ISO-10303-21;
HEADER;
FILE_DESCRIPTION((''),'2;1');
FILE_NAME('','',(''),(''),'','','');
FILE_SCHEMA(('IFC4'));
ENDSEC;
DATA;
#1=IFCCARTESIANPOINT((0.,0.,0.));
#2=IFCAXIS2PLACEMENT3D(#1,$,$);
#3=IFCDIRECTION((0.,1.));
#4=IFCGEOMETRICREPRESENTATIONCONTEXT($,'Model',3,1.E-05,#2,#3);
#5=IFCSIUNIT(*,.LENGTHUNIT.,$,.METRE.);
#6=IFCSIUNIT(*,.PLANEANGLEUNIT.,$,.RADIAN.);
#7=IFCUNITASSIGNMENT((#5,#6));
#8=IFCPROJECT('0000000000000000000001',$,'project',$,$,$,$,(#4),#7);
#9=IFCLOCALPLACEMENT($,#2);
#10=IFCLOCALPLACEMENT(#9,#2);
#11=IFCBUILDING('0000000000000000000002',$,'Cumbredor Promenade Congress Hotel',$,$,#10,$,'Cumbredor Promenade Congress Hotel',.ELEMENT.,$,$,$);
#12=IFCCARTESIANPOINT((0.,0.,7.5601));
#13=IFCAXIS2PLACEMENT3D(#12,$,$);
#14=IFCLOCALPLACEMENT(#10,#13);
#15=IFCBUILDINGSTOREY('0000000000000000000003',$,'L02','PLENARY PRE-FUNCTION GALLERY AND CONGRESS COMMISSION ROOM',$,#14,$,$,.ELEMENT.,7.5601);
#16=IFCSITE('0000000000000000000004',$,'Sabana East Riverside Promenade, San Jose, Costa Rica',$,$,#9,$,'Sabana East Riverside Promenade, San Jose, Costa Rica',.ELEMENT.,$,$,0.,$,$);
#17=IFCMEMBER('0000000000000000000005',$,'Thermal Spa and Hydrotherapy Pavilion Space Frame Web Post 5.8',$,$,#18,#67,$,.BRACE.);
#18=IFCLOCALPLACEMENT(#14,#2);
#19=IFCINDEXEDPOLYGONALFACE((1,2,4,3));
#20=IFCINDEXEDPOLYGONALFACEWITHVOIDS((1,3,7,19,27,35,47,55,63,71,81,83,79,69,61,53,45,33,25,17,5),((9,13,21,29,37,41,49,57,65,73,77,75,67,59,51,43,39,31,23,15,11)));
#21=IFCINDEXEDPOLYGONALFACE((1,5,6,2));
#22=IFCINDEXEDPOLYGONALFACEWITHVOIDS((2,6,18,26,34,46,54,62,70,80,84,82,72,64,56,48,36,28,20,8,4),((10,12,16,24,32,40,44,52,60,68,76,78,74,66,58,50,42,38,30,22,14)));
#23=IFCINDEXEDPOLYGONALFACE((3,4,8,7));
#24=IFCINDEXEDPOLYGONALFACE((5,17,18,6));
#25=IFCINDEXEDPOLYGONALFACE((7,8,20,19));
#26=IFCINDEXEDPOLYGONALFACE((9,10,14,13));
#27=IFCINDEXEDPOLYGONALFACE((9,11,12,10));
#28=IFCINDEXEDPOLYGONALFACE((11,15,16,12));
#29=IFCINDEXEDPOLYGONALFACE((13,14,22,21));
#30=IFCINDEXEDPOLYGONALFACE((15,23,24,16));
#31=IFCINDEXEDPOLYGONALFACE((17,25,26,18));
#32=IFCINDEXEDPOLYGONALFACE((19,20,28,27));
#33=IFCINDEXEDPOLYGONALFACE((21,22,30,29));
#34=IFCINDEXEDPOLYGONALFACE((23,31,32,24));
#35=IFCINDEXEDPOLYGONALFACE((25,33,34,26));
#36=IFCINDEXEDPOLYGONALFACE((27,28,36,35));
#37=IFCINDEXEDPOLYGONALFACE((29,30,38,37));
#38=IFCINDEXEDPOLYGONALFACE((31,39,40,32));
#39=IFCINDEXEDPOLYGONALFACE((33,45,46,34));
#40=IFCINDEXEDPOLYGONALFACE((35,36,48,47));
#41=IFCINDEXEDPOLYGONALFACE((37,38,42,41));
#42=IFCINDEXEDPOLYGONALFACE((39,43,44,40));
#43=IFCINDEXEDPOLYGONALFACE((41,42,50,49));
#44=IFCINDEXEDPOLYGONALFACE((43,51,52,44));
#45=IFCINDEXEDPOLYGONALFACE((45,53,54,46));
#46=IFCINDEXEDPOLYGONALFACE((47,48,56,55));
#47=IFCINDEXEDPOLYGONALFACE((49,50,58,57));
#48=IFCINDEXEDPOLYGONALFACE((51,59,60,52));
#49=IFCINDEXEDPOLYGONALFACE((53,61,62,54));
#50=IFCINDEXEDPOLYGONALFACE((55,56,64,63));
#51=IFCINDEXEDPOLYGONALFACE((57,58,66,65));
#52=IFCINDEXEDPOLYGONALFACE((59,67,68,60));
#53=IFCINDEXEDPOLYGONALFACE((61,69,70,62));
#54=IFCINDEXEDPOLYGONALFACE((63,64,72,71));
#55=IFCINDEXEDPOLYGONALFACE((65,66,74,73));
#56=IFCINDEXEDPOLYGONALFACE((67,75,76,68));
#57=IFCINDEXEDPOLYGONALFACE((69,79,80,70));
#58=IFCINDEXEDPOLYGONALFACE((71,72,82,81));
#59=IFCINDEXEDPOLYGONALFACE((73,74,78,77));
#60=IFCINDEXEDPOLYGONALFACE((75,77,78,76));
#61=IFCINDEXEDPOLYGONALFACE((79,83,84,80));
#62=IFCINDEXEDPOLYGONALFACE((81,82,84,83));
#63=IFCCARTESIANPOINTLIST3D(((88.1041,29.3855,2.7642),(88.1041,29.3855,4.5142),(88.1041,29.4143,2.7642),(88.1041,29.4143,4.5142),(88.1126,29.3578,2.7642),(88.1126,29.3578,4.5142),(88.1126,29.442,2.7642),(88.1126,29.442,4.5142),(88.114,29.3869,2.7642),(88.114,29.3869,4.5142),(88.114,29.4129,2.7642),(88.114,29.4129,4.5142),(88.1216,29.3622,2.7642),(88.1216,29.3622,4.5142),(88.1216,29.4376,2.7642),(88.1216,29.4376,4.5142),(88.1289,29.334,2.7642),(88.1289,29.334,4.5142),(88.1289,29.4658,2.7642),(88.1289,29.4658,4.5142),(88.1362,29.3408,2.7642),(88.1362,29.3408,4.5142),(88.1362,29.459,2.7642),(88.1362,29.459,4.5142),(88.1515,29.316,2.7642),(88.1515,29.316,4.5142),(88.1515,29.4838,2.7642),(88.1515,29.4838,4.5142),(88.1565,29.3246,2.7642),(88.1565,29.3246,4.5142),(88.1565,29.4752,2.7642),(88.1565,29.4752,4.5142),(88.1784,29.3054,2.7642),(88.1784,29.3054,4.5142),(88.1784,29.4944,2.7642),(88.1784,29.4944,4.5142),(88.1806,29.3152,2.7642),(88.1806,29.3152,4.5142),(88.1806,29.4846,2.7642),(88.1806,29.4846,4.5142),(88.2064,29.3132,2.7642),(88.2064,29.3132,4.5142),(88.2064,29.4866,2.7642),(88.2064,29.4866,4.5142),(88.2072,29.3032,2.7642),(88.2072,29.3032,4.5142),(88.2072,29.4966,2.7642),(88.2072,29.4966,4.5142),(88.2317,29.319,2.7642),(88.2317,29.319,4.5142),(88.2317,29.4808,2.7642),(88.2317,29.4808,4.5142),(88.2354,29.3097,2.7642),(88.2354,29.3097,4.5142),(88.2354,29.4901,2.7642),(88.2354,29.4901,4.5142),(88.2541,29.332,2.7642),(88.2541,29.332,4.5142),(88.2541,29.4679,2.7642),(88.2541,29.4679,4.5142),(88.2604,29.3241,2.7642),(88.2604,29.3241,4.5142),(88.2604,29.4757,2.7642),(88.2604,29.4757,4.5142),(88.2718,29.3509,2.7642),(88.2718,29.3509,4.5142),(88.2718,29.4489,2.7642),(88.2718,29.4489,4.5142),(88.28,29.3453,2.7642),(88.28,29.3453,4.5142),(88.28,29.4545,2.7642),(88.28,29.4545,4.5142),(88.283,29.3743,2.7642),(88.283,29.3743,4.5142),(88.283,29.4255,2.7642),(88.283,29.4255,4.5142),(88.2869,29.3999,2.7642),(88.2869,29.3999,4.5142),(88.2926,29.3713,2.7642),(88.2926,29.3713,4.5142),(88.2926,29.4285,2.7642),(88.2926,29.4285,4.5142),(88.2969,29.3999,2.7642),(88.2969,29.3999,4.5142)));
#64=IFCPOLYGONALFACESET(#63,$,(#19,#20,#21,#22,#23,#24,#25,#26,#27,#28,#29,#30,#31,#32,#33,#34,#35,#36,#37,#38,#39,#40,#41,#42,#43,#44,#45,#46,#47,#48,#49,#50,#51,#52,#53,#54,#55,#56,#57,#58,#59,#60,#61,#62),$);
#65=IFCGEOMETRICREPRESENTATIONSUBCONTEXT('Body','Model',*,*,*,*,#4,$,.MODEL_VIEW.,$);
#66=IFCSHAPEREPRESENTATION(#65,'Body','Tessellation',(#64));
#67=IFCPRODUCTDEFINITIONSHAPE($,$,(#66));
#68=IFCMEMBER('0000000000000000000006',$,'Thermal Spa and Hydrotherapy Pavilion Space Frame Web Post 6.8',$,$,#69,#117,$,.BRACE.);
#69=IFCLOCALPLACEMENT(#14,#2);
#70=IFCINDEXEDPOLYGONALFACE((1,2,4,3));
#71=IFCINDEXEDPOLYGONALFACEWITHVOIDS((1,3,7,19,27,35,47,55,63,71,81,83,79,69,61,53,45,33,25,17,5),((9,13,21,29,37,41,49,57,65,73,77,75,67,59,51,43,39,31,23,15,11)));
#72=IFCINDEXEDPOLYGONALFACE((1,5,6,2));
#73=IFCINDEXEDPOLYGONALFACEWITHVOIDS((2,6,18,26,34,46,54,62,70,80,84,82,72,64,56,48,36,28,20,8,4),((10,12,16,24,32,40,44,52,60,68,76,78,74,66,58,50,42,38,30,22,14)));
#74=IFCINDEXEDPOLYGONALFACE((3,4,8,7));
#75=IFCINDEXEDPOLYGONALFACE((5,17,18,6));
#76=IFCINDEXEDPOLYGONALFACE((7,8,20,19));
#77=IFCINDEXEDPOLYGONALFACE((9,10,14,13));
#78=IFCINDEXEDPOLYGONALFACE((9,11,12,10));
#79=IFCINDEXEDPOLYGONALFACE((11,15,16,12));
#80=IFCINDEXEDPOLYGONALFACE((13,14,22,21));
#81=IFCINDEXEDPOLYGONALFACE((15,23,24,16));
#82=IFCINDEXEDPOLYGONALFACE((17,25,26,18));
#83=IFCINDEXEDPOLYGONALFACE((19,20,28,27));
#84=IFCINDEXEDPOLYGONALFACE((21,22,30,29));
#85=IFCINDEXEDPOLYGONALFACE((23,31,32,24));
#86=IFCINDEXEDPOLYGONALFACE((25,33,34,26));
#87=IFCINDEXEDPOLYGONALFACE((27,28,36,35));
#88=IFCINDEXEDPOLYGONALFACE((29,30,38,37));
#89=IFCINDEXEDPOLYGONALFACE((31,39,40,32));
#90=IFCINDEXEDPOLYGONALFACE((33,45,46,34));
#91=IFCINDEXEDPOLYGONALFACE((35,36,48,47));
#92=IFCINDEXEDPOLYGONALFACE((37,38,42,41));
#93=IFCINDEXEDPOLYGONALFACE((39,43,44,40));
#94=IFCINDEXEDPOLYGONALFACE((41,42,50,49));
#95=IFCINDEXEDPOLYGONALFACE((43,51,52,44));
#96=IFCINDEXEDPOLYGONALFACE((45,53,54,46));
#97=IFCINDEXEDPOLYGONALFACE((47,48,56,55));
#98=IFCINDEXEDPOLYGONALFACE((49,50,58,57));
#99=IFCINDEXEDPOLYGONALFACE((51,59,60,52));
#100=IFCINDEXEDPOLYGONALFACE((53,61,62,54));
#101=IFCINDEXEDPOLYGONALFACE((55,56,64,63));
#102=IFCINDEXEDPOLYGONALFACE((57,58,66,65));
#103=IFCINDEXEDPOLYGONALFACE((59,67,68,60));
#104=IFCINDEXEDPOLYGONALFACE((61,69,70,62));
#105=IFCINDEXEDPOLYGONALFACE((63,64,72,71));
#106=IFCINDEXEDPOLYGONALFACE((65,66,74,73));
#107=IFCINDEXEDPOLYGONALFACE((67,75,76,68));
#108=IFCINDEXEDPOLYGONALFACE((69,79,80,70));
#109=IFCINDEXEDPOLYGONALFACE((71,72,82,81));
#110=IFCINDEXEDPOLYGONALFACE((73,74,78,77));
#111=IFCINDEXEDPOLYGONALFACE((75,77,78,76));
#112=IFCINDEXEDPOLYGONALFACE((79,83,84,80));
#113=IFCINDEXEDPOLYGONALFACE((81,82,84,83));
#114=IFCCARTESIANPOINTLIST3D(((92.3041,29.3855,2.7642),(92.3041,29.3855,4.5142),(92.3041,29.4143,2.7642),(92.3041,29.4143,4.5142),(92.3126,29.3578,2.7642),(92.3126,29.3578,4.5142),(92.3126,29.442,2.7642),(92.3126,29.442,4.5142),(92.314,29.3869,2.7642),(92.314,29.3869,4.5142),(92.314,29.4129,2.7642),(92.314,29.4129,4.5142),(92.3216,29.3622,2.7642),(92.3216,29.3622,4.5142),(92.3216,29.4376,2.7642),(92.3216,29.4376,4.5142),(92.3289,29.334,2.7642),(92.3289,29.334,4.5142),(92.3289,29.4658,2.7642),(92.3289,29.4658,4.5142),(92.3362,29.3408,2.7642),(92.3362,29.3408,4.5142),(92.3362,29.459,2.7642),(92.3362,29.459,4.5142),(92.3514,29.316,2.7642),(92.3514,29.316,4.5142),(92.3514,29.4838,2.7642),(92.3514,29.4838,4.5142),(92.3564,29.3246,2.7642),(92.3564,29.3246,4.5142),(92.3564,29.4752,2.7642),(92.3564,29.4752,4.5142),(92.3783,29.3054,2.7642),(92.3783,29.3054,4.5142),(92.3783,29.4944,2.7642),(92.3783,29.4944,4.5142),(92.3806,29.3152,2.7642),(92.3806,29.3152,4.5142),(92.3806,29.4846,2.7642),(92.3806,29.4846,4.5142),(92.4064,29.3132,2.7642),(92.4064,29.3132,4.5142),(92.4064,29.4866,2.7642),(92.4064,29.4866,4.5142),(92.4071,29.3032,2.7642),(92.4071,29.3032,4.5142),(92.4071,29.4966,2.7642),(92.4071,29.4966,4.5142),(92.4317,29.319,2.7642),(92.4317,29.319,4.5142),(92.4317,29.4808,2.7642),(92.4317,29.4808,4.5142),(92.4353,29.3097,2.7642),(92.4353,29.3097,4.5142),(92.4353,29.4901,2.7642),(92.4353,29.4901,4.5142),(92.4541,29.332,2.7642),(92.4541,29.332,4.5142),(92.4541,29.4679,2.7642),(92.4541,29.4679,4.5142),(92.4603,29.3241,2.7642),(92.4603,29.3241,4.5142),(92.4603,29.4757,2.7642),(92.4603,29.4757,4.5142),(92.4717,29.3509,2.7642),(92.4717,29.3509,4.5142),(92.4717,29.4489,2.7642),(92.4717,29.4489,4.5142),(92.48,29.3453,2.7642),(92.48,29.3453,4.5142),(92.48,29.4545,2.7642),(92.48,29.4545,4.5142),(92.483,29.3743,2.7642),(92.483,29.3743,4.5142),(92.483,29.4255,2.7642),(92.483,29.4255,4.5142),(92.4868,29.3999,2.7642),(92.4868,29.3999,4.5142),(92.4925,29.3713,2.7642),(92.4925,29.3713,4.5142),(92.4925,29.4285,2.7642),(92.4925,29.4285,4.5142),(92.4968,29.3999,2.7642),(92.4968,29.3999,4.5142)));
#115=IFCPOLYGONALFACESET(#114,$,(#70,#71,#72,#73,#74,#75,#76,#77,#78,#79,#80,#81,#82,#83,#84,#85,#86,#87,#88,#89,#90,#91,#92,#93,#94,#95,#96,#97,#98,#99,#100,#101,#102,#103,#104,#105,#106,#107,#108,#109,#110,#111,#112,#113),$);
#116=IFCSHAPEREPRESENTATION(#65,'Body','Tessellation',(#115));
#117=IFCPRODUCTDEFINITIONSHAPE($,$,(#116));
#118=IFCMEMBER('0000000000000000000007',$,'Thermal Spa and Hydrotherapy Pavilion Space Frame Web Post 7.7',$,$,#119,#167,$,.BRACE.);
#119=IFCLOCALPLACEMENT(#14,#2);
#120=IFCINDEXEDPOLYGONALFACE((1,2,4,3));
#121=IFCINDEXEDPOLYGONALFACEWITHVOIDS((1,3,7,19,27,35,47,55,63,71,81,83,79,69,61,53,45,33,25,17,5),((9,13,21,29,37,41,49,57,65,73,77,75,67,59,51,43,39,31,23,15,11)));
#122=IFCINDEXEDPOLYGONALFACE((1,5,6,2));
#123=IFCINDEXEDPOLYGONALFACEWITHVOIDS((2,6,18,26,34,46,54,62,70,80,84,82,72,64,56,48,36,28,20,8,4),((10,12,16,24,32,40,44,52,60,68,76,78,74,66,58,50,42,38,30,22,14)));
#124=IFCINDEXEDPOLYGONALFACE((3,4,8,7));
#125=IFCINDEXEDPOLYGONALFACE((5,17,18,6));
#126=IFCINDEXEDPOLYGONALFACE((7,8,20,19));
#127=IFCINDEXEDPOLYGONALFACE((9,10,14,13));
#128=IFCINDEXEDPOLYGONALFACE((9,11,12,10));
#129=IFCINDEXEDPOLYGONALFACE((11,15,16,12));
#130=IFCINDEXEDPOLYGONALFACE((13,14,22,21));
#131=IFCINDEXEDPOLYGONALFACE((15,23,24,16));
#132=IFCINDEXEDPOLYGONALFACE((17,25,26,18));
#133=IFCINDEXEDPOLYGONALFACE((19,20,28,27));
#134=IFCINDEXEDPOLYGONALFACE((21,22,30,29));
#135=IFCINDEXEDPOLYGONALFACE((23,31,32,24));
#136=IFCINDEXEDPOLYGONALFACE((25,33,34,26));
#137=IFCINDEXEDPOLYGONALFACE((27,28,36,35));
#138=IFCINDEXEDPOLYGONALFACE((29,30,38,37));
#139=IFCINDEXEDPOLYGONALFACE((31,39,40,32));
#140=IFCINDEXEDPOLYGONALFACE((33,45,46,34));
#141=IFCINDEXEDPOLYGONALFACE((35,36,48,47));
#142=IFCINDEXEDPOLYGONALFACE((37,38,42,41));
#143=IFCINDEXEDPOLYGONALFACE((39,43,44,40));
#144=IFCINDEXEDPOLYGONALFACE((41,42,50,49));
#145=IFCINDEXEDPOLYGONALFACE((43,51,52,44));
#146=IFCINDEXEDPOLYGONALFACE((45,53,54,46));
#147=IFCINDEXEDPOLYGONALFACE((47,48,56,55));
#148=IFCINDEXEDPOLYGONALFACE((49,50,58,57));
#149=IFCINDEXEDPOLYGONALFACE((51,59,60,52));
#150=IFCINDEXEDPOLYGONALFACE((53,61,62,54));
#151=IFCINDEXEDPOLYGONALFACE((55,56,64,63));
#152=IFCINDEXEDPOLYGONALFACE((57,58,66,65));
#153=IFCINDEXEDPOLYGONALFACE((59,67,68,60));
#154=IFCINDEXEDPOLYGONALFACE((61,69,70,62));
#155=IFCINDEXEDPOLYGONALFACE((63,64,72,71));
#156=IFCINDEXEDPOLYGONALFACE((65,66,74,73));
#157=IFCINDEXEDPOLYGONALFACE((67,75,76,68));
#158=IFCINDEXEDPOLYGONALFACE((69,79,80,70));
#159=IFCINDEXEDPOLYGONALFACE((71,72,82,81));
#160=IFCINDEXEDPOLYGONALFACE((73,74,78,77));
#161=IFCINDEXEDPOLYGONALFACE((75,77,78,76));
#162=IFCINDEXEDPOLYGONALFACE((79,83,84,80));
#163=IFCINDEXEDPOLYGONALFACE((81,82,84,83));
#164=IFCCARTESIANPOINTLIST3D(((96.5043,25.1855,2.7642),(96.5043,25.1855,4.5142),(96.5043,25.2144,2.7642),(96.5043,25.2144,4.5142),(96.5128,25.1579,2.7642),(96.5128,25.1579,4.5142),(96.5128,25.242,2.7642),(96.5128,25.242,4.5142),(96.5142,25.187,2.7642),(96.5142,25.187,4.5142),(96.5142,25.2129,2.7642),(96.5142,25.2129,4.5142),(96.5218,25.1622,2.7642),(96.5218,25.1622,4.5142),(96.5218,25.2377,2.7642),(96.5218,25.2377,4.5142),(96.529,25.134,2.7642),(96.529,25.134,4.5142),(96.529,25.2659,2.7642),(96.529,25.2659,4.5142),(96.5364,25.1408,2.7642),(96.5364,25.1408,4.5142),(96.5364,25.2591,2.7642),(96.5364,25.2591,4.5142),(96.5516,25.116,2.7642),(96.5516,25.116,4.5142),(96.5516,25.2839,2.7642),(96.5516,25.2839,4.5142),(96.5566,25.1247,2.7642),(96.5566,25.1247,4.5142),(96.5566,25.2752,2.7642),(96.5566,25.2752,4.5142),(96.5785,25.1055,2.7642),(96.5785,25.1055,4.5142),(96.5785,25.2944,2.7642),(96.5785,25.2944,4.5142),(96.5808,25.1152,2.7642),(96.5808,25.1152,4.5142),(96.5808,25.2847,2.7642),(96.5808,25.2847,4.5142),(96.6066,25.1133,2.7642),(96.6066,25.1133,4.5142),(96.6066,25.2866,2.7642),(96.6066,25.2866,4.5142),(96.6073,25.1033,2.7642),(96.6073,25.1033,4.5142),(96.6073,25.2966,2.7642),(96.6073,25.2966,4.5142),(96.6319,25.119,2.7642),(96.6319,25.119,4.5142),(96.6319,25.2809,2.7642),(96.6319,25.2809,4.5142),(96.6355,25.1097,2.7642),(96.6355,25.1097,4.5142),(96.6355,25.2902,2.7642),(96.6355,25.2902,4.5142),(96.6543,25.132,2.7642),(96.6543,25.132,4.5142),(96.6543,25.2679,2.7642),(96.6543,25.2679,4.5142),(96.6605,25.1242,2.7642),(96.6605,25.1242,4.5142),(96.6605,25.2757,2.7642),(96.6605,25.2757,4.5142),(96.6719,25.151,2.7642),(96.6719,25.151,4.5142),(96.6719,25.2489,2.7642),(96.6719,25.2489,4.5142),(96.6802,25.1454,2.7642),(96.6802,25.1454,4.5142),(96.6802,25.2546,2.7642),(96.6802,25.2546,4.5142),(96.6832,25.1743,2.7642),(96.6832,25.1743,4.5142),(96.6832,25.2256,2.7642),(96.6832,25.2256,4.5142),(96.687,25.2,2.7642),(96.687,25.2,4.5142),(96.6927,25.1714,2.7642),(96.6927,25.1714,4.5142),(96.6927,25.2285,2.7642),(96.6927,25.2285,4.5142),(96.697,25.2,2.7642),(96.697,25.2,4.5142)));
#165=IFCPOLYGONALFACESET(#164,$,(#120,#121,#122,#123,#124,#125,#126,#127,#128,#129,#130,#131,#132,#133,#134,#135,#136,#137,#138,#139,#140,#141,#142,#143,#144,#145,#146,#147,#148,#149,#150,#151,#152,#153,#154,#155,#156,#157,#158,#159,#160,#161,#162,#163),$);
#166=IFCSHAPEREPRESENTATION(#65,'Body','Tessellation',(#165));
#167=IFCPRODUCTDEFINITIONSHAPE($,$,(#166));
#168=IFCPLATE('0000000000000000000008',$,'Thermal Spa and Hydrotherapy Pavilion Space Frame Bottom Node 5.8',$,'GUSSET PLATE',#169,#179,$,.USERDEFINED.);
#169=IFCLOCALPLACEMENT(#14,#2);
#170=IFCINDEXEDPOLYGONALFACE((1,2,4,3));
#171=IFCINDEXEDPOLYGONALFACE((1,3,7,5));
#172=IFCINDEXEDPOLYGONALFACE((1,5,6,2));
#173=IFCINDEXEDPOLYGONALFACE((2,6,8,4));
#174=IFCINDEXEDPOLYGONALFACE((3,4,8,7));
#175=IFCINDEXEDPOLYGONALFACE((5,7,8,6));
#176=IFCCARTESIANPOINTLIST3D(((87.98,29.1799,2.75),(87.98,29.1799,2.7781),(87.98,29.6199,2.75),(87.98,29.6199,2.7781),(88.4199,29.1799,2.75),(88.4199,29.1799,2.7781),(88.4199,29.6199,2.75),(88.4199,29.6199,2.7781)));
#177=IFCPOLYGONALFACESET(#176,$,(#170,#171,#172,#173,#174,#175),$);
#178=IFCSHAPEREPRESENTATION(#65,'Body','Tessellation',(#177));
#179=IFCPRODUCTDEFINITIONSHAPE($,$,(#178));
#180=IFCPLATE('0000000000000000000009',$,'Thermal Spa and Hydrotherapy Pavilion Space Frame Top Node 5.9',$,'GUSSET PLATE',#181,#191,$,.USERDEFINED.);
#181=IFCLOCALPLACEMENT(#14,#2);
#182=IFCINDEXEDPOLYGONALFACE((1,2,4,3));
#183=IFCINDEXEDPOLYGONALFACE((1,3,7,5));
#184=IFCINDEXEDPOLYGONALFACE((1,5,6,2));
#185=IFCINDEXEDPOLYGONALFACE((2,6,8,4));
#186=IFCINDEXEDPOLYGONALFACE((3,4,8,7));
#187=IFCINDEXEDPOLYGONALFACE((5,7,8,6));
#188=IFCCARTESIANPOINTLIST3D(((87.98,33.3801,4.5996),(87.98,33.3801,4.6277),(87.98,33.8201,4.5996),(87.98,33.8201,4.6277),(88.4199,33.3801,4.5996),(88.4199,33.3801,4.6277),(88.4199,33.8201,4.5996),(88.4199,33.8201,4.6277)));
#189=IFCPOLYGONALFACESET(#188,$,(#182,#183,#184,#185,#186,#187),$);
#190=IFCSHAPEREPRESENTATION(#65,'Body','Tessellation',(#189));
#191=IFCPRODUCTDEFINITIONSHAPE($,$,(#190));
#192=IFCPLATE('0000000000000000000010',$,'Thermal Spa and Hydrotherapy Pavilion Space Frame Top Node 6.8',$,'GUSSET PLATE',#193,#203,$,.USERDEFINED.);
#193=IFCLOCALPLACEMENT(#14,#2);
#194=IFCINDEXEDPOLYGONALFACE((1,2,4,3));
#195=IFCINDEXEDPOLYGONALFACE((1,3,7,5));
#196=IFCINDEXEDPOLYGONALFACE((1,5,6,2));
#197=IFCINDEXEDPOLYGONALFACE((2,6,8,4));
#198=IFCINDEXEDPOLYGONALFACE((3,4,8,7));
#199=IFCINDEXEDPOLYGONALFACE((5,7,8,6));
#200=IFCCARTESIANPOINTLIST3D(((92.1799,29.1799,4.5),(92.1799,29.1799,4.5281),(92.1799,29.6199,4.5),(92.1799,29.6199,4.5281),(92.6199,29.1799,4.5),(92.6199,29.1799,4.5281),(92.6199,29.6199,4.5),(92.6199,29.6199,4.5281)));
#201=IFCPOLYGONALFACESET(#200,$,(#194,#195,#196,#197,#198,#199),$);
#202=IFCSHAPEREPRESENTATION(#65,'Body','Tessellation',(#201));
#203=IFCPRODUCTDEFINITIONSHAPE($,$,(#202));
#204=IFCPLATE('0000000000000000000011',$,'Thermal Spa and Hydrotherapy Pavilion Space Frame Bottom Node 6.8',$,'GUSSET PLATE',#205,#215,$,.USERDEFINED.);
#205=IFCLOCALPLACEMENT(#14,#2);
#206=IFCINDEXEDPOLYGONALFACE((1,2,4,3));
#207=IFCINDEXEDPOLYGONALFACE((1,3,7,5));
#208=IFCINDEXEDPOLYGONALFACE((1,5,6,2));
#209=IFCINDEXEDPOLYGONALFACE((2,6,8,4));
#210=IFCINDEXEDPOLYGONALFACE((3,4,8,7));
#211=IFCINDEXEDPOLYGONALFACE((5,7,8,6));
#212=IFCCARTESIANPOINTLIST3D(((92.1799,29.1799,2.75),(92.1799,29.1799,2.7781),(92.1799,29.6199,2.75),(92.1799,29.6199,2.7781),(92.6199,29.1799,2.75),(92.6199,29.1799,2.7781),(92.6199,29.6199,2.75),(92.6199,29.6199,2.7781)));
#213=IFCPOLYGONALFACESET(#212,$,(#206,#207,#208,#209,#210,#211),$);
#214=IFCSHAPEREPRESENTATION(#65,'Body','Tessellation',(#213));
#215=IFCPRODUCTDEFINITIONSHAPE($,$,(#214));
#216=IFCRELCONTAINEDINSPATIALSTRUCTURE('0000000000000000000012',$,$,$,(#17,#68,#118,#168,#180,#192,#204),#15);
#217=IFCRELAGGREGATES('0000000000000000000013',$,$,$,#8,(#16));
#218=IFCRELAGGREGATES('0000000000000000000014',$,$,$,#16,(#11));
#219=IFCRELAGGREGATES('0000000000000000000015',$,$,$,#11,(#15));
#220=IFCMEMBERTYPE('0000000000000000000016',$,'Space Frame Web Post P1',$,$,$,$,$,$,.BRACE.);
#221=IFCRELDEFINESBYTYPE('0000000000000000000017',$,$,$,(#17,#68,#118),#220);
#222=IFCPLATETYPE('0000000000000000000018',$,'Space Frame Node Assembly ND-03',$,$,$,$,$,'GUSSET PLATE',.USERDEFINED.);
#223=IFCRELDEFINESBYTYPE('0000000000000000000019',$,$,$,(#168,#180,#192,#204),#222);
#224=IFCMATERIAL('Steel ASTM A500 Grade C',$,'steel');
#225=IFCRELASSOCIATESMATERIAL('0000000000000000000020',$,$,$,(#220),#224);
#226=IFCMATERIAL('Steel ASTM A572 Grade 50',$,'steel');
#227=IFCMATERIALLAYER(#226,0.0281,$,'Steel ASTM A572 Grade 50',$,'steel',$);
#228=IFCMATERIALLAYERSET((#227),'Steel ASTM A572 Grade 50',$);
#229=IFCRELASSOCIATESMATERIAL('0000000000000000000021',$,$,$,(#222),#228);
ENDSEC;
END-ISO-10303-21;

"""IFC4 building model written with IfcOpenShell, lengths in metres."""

from ifc_helpers import new_model, si_unit, direction, frame, origin, origin_2d, place, context, subcontext, project, spatial, rectangle, hollow_circle, extrude, material, layer, layer_set, material_profile, profile_set, type_object, element, save


model = new_model("IFC4")

# Units and contexts
model_context = context("Model", 3, precision=1e-05, world=origin(), true_north=direction((0.0, 1.0)))
body_context = subcontext(model_context, "Body", "Model", "MODEL_VIEW")
ifc_project = project(units=[si_unit("LENGTHUNIT", "METRE"), si_unit("PLANEANGLEUNIT", "RADIAN")], contexts=[model_context])

# Site, building, storey
site_placement = place(None, origin())
site = spatial("IfcSite", under=ifc_project, at=site_placement, Name="Sabana East Riverside Promenade, San Jose, Costa Rica", LongName="Sabana East Riverside Promenade, San Jose, Costa Rica", CompositionType="ELEMENT", RefElevation=0.0)
building_placement = place(site_placement, origin())
building = spatial("IfcBuilding", under=site, at=building_placement, Name="Cumbredor Promenade Congress Hotel", LongName="Cumbredor Promenade Congress Hotel", CompositionType="ELEMENT")
storey_placement = place(building_placement, frame((0.0, 0.0, 7.5601)))
storey = spatial("IfcBuildingStorey", under=building, at=storey_placement, Name="L02", Description="PLENARY PRE-FUNCTION GALLERY AND CONGRESS COMMISSION ROOM", CompositionType="ELEMENT", Elevation=7.5601)

# Members
ifc_material_1 = material(Name="Steel ASTM A500 Grade C", Category="steel")
ifc_material_profile_1 = material_profile(ifc_material_1, hollow_circle(Radius=0.0969, WallThickness=0.01, at=origin_2d()), Name="CHS 193.7x10")
ifc_profile_set_1 = profile_set([ifc_material_profile_1], Name="Steel ASTM A500 Grade C")
member_type_1 = type_object("IfcMemberType", Name="Space Frame Web Post P1", PredefinedType="BRACE", material=ifc_profile_set_1)
for number, where, z_axis, x_axis, name in (
    (1, (88.2, 29.3999, 2.7642), (0.0, 0.0, 1.0), (1.0, 0.0, 0.0), "Thermal Spa and Hydrotherapy Pavilion Space Frame Web Post 5.8"),
    (2, (92.3999, 29.3999, 2.7642), (0.0, 0.0, 1.0), (1.0, 0.0, 0.0), "Thermal Spa and Hydrotherapy Pavilion Space Frame Web Post 6.8"),
    (3, (96.6001, 25.2, 2.7642), (0.0, 0.0, 1.0), (1.0, 0.0, 0.0), "Thermal Spa and Hydrotherapy Pavilion Space Frame Web Post 7.7"),
):
    element("IfcMember", number, at=place(storey_placement, frame(where, z_axis=z_axis, x_axis=x_axis)), inside=storey, type_object=member_type_1, Name=name, PredefinedType="BRACE", context=body_context, shape_type="SweptSolid", body=[
        extrude(hollow_circle(Radius=0.0969, WallThickness=0.01, at=origin_2d()), origin(), (0.0, 0.0, 1.0), 1.75),
    ])

# Plates
ifc_material_2 = material(Name="Steel ASTM A572 Grade 50", Category="steel")
ifc_layer = layer(ifc_material_2, 0.0281, Name="Steel ASTM A572 Grade 50", Category="steel")
ifc_layer_set = layer_set([ifc_layer], Name="Steel ASTM A572 Grade 50")
plate_type = type_object("IfcPlateType", Name="Space Frame Node Assembly ND-03", ElementType="GUSSET PLATE", PredefinedType="USERDEFINED", material=ifc_layer_set)
for number, where, z_axis, x_axis, name in (
    (4, (88.2, 29.3999, 2.75), (0.0, 0.0, 1.0), (1.0, 0.0, 0.0), "Thermal Spa and Hydrotherapy Pavilion Space Frame Bottom Node 5.8"),
    (5, (88.2, 33.6001, 4.5996), (0.0, 0.0, 1.0), (1.0, 0.0, 0.0), "Thermal Spa and Hydrotherapy Pavilion Space Frame Top Node 5.9"),
    (6, (92.3999, 29.3999, 4.5), (0.0, 0.0, 1.0), (1.0, 0.0, 0.0), "Thermal Spa and Hydrotherapy Pavilion Space Frame Top Node 6.8"),
    (7, (92.3999, 29.3999, 2.75), (0.0, 0.0, 1.0), (1.0, 0.0, 0.0), "Thermal Spa and Hydrotherapy Pavilion Space Frame Bottom Node 6.8"),
):
    element("IfcPlate", number, at=place(storey_placement, frame(where, z_axis=z_axis, x_axis=x_axis)), inside=storey, type_object=plate_type, Name=name, ObjectType="GUSSET PLATE", PredefinedType="USERDEFINED", context=body_context, shape_type="SweptSolid", body=[
        extrude(rectangle(XDim=0.4399, YDim=0.4399, at=origin_2d()), origin(), (0.0, 0.0, 1.0), 0.0281),
    ])

save(model, "model.ifc")
